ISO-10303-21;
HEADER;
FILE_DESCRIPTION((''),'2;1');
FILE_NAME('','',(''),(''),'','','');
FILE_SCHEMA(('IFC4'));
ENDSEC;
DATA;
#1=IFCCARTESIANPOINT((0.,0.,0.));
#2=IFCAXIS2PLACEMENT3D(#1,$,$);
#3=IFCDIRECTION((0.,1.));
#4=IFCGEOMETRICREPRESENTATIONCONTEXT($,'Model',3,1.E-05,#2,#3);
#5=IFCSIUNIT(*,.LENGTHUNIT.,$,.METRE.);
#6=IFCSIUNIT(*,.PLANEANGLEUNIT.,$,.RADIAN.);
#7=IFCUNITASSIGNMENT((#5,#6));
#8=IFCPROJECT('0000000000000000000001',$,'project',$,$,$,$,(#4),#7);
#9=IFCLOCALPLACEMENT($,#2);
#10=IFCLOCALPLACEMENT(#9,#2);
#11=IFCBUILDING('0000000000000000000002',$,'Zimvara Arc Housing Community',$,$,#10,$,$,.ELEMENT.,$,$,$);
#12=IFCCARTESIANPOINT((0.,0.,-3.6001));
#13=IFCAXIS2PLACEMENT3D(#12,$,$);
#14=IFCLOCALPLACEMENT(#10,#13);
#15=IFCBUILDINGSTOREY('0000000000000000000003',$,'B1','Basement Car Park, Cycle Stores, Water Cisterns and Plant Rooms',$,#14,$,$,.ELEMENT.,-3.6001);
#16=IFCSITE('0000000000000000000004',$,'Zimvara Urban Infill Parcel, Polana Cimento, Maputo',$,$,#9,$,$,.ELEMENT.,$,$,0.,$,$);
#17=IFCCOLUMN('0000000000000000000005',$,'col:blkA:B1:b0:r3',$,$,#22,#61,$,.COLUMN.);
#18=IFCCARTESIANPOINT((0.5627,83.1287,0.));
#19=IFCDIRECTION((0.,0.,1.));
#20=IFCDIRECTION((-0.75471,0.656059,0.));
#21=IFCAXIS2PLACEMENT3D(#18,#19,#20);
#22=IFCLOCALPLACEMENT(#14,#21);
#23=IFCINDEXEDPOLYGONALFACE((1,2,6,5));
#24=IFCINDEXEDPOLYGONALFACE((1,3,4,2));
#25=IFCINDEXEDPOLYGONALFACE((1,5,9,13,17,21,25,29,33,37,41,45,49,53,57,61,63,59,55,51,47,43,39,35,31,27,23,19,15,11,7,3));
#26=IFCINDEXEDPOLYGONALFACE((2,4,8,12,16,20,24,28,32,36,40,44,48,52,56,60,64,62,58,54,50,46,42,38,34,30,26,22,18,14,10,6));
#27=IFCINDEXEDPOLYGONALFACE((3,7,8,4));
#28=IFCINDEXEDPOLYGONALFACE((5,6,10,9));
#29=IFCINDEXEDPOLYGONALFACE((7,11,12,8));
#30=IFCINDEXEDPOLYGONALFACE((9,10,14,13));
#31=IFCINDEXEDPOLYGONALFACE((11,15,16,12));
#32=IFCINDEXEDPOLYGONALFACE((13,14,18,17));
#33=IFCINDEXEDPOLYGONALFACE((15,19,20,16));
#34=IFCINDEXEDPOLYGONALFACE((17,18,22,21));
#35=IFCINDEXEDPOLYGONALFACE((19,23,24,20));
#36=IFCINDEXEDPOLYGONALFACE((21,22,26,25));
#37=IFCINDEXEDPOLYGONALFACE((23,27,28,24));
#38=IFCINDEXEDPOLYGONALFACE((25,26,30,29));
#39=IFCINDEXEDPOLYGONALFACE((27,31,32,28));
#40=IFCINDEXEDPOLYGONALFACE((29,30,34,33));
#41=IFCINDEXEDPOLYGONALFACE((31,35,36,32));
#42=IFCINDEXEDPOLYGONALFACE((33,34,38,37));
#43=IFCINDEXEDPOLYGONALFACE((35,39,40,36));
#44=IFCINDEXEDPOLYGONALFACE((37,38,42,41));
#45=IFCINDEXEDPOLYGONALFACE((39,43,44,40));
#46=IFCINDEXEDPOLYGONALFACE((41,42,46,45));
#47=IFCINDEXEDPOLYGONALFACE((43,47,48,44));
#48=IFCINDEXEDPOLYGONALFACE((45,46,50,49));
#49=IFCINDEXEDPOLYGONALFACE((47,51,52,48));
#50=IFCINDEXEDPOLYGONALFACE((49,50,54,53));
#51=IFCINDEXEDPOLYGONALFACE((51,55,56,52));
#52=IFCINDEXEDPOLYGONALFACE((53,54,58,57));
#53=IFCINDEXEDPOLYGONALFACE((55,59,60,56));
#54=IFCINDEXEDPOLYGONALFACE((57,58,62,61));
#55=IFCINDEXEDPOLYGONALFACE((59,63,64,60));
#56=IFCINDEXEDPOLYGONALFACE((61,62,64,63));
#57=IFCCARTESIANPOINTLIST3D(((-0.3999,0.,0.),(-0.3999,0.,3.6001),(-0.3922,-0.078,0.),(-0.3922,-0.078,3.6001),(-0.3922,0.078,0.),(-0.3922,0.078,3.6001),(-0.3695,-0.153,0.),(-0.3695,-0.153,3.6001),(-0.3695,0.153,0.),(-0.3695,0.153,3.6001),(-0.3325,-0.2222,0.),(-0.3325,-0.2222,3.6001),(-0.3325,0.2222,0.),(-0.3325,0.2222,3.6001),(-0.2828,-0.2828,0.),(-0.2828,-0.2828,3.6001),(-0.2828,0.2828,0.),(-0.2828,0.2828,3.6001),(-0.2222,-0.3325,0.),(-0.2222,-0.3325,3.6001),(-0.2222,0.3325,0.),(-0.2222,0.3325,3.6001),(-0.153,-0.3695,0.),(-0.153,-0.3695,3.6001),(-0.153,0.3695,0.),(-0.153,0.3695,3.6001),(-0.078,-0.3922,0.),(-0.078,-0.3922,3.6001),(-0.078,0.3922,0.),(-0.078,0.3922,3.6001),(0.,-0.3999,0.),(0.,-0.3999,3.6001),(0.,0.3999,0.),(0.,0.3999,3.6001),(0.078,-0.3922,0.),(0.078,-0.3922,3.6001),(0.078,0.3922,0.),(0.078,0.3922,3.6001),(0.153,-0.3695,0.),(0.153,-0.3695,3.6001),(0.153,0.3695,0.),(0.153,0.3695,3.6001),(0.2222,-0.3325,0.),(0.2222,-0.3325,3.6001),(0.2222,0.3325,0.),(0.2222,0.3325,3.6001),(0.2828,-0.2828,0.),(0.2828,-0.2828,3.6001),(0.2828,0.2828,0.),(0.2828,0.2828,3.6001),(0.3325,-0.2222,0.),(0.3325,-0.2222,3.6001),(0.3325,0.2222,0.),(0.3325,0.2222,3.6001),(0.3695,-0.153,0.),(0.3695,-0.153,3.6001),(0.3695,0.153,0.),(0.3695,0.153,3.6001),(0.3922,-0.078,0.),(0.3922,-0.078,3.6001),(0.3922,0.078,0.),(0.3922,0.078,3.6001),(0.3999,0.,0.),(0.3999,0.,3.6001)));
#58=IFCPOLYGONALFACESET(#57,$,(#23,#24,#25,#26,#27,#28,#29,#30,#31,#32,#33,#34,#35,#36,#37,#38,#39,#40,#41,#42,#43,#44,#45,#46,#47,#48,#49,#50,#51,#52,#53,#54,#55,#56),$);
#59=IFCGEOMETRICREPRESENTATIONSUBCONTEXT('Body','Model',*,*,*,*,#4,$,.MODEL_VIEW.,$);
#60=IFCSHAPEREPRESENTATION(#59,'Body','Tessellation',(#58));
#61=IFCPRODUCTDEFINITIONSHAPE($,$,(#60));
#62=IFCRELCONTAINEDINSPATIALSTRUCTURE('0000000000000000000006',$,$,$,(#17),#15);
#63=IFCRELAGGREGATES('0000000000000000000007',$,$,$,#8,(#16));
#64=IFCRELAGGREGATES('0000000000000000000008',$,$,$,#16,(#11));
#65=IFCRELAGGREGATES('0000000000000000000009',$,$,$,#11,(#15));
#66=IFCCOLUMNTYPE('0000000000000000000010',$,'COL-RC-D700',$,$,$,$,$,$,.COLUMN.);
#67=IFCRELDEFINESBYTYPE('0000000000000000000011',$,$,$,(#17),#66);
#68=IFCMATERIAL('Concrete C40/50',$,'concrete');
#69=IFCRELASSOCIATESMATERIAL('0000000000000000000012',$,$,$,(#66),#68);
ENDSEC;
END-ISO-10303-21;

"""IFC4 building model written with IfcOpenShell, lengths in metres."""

from ifc_helpers import new_model, si_unit, direction, frame, origin, origin_2d, place, context, subcontext, project, spatial, circle, extrude, material, material_profile, profile_set, type_object, element, save


model = new_model("IFC4")

# Units and contexts
model_context = context("Model", 3, precision=1e-05, world=origin(), true_north=direction((0.0, 1.0)))
body_context = subcontext(model_context, "Body", "Model", "MODEL_VIEW")
ifc_project = project(units=[si_unit("LENGTHUNIT", "METRE"), si_unit("PLANEANGLEUNIT", "RADIAN")], contexts=[model_context])

# Site, building, storey
site_placement = place(None, origin())
site = spatial("IfcSite", under=ifc_project, at=site_placement, Name="Zimvara Urban Infill Parcel, Polana Cimento, Maputo", CompositionType="ELEMENT", RefElevation=0.0)
building_placement = place(site_placement, origin())
building = spatial("IfcBuilding", under=site, at=building_placement, Name="Zimvara Arc Housing Community", CompositionType="ELEMENT")
storey_placement = place(building_placement, frame((0.0, 0.0, -3.6001)))
storey = spatial("IfcBuildingStorey", under=building, at=storey_placement, Name="B1", Description="Basement Car Park, Cycle Stores, Water Cisterns and Plant Rooms", CompositionType="ELEMENT", Elevation=-3.6001)

# Column
ifc_material_1 = material(Name="Concrete C40/50", Category="concrete")
ifc_material_profile_1 = material_profile(ifc_material_1, circle(Radius=0.3999, at=origin_2d()), Name="RC D800")
ifc_profile_set_1 = profile_set([ifc_material_profile_1], Name="Concrete C40/50")
column_type_1 = type_object("IfcColumnType", Name="COL-RC-D700", PredefinedType="COLUMN", material=ifc_profile_set_1)
column_placement = place(storey_placement, frame((0.5627, 83.1287, 0.0), z_axis=(0.0, 0.0, 1.0), x_axis=(-0.75471, 0.656059, 0.0)))
element("IfcColumn", 1, at=column_placement, inside=storey, type_object=column_type_1, Name="col:blkA:B1:b0:r3", PredefinedType="COLUMN", context=body_context, shape_type="SweptSolid", body=[
    extrude(circle(Radius=0.3999, at=origin_2d()), origin(), (0.0, 0.0, 1.0), 3.6001),
])

save(model, "model.ifc")
